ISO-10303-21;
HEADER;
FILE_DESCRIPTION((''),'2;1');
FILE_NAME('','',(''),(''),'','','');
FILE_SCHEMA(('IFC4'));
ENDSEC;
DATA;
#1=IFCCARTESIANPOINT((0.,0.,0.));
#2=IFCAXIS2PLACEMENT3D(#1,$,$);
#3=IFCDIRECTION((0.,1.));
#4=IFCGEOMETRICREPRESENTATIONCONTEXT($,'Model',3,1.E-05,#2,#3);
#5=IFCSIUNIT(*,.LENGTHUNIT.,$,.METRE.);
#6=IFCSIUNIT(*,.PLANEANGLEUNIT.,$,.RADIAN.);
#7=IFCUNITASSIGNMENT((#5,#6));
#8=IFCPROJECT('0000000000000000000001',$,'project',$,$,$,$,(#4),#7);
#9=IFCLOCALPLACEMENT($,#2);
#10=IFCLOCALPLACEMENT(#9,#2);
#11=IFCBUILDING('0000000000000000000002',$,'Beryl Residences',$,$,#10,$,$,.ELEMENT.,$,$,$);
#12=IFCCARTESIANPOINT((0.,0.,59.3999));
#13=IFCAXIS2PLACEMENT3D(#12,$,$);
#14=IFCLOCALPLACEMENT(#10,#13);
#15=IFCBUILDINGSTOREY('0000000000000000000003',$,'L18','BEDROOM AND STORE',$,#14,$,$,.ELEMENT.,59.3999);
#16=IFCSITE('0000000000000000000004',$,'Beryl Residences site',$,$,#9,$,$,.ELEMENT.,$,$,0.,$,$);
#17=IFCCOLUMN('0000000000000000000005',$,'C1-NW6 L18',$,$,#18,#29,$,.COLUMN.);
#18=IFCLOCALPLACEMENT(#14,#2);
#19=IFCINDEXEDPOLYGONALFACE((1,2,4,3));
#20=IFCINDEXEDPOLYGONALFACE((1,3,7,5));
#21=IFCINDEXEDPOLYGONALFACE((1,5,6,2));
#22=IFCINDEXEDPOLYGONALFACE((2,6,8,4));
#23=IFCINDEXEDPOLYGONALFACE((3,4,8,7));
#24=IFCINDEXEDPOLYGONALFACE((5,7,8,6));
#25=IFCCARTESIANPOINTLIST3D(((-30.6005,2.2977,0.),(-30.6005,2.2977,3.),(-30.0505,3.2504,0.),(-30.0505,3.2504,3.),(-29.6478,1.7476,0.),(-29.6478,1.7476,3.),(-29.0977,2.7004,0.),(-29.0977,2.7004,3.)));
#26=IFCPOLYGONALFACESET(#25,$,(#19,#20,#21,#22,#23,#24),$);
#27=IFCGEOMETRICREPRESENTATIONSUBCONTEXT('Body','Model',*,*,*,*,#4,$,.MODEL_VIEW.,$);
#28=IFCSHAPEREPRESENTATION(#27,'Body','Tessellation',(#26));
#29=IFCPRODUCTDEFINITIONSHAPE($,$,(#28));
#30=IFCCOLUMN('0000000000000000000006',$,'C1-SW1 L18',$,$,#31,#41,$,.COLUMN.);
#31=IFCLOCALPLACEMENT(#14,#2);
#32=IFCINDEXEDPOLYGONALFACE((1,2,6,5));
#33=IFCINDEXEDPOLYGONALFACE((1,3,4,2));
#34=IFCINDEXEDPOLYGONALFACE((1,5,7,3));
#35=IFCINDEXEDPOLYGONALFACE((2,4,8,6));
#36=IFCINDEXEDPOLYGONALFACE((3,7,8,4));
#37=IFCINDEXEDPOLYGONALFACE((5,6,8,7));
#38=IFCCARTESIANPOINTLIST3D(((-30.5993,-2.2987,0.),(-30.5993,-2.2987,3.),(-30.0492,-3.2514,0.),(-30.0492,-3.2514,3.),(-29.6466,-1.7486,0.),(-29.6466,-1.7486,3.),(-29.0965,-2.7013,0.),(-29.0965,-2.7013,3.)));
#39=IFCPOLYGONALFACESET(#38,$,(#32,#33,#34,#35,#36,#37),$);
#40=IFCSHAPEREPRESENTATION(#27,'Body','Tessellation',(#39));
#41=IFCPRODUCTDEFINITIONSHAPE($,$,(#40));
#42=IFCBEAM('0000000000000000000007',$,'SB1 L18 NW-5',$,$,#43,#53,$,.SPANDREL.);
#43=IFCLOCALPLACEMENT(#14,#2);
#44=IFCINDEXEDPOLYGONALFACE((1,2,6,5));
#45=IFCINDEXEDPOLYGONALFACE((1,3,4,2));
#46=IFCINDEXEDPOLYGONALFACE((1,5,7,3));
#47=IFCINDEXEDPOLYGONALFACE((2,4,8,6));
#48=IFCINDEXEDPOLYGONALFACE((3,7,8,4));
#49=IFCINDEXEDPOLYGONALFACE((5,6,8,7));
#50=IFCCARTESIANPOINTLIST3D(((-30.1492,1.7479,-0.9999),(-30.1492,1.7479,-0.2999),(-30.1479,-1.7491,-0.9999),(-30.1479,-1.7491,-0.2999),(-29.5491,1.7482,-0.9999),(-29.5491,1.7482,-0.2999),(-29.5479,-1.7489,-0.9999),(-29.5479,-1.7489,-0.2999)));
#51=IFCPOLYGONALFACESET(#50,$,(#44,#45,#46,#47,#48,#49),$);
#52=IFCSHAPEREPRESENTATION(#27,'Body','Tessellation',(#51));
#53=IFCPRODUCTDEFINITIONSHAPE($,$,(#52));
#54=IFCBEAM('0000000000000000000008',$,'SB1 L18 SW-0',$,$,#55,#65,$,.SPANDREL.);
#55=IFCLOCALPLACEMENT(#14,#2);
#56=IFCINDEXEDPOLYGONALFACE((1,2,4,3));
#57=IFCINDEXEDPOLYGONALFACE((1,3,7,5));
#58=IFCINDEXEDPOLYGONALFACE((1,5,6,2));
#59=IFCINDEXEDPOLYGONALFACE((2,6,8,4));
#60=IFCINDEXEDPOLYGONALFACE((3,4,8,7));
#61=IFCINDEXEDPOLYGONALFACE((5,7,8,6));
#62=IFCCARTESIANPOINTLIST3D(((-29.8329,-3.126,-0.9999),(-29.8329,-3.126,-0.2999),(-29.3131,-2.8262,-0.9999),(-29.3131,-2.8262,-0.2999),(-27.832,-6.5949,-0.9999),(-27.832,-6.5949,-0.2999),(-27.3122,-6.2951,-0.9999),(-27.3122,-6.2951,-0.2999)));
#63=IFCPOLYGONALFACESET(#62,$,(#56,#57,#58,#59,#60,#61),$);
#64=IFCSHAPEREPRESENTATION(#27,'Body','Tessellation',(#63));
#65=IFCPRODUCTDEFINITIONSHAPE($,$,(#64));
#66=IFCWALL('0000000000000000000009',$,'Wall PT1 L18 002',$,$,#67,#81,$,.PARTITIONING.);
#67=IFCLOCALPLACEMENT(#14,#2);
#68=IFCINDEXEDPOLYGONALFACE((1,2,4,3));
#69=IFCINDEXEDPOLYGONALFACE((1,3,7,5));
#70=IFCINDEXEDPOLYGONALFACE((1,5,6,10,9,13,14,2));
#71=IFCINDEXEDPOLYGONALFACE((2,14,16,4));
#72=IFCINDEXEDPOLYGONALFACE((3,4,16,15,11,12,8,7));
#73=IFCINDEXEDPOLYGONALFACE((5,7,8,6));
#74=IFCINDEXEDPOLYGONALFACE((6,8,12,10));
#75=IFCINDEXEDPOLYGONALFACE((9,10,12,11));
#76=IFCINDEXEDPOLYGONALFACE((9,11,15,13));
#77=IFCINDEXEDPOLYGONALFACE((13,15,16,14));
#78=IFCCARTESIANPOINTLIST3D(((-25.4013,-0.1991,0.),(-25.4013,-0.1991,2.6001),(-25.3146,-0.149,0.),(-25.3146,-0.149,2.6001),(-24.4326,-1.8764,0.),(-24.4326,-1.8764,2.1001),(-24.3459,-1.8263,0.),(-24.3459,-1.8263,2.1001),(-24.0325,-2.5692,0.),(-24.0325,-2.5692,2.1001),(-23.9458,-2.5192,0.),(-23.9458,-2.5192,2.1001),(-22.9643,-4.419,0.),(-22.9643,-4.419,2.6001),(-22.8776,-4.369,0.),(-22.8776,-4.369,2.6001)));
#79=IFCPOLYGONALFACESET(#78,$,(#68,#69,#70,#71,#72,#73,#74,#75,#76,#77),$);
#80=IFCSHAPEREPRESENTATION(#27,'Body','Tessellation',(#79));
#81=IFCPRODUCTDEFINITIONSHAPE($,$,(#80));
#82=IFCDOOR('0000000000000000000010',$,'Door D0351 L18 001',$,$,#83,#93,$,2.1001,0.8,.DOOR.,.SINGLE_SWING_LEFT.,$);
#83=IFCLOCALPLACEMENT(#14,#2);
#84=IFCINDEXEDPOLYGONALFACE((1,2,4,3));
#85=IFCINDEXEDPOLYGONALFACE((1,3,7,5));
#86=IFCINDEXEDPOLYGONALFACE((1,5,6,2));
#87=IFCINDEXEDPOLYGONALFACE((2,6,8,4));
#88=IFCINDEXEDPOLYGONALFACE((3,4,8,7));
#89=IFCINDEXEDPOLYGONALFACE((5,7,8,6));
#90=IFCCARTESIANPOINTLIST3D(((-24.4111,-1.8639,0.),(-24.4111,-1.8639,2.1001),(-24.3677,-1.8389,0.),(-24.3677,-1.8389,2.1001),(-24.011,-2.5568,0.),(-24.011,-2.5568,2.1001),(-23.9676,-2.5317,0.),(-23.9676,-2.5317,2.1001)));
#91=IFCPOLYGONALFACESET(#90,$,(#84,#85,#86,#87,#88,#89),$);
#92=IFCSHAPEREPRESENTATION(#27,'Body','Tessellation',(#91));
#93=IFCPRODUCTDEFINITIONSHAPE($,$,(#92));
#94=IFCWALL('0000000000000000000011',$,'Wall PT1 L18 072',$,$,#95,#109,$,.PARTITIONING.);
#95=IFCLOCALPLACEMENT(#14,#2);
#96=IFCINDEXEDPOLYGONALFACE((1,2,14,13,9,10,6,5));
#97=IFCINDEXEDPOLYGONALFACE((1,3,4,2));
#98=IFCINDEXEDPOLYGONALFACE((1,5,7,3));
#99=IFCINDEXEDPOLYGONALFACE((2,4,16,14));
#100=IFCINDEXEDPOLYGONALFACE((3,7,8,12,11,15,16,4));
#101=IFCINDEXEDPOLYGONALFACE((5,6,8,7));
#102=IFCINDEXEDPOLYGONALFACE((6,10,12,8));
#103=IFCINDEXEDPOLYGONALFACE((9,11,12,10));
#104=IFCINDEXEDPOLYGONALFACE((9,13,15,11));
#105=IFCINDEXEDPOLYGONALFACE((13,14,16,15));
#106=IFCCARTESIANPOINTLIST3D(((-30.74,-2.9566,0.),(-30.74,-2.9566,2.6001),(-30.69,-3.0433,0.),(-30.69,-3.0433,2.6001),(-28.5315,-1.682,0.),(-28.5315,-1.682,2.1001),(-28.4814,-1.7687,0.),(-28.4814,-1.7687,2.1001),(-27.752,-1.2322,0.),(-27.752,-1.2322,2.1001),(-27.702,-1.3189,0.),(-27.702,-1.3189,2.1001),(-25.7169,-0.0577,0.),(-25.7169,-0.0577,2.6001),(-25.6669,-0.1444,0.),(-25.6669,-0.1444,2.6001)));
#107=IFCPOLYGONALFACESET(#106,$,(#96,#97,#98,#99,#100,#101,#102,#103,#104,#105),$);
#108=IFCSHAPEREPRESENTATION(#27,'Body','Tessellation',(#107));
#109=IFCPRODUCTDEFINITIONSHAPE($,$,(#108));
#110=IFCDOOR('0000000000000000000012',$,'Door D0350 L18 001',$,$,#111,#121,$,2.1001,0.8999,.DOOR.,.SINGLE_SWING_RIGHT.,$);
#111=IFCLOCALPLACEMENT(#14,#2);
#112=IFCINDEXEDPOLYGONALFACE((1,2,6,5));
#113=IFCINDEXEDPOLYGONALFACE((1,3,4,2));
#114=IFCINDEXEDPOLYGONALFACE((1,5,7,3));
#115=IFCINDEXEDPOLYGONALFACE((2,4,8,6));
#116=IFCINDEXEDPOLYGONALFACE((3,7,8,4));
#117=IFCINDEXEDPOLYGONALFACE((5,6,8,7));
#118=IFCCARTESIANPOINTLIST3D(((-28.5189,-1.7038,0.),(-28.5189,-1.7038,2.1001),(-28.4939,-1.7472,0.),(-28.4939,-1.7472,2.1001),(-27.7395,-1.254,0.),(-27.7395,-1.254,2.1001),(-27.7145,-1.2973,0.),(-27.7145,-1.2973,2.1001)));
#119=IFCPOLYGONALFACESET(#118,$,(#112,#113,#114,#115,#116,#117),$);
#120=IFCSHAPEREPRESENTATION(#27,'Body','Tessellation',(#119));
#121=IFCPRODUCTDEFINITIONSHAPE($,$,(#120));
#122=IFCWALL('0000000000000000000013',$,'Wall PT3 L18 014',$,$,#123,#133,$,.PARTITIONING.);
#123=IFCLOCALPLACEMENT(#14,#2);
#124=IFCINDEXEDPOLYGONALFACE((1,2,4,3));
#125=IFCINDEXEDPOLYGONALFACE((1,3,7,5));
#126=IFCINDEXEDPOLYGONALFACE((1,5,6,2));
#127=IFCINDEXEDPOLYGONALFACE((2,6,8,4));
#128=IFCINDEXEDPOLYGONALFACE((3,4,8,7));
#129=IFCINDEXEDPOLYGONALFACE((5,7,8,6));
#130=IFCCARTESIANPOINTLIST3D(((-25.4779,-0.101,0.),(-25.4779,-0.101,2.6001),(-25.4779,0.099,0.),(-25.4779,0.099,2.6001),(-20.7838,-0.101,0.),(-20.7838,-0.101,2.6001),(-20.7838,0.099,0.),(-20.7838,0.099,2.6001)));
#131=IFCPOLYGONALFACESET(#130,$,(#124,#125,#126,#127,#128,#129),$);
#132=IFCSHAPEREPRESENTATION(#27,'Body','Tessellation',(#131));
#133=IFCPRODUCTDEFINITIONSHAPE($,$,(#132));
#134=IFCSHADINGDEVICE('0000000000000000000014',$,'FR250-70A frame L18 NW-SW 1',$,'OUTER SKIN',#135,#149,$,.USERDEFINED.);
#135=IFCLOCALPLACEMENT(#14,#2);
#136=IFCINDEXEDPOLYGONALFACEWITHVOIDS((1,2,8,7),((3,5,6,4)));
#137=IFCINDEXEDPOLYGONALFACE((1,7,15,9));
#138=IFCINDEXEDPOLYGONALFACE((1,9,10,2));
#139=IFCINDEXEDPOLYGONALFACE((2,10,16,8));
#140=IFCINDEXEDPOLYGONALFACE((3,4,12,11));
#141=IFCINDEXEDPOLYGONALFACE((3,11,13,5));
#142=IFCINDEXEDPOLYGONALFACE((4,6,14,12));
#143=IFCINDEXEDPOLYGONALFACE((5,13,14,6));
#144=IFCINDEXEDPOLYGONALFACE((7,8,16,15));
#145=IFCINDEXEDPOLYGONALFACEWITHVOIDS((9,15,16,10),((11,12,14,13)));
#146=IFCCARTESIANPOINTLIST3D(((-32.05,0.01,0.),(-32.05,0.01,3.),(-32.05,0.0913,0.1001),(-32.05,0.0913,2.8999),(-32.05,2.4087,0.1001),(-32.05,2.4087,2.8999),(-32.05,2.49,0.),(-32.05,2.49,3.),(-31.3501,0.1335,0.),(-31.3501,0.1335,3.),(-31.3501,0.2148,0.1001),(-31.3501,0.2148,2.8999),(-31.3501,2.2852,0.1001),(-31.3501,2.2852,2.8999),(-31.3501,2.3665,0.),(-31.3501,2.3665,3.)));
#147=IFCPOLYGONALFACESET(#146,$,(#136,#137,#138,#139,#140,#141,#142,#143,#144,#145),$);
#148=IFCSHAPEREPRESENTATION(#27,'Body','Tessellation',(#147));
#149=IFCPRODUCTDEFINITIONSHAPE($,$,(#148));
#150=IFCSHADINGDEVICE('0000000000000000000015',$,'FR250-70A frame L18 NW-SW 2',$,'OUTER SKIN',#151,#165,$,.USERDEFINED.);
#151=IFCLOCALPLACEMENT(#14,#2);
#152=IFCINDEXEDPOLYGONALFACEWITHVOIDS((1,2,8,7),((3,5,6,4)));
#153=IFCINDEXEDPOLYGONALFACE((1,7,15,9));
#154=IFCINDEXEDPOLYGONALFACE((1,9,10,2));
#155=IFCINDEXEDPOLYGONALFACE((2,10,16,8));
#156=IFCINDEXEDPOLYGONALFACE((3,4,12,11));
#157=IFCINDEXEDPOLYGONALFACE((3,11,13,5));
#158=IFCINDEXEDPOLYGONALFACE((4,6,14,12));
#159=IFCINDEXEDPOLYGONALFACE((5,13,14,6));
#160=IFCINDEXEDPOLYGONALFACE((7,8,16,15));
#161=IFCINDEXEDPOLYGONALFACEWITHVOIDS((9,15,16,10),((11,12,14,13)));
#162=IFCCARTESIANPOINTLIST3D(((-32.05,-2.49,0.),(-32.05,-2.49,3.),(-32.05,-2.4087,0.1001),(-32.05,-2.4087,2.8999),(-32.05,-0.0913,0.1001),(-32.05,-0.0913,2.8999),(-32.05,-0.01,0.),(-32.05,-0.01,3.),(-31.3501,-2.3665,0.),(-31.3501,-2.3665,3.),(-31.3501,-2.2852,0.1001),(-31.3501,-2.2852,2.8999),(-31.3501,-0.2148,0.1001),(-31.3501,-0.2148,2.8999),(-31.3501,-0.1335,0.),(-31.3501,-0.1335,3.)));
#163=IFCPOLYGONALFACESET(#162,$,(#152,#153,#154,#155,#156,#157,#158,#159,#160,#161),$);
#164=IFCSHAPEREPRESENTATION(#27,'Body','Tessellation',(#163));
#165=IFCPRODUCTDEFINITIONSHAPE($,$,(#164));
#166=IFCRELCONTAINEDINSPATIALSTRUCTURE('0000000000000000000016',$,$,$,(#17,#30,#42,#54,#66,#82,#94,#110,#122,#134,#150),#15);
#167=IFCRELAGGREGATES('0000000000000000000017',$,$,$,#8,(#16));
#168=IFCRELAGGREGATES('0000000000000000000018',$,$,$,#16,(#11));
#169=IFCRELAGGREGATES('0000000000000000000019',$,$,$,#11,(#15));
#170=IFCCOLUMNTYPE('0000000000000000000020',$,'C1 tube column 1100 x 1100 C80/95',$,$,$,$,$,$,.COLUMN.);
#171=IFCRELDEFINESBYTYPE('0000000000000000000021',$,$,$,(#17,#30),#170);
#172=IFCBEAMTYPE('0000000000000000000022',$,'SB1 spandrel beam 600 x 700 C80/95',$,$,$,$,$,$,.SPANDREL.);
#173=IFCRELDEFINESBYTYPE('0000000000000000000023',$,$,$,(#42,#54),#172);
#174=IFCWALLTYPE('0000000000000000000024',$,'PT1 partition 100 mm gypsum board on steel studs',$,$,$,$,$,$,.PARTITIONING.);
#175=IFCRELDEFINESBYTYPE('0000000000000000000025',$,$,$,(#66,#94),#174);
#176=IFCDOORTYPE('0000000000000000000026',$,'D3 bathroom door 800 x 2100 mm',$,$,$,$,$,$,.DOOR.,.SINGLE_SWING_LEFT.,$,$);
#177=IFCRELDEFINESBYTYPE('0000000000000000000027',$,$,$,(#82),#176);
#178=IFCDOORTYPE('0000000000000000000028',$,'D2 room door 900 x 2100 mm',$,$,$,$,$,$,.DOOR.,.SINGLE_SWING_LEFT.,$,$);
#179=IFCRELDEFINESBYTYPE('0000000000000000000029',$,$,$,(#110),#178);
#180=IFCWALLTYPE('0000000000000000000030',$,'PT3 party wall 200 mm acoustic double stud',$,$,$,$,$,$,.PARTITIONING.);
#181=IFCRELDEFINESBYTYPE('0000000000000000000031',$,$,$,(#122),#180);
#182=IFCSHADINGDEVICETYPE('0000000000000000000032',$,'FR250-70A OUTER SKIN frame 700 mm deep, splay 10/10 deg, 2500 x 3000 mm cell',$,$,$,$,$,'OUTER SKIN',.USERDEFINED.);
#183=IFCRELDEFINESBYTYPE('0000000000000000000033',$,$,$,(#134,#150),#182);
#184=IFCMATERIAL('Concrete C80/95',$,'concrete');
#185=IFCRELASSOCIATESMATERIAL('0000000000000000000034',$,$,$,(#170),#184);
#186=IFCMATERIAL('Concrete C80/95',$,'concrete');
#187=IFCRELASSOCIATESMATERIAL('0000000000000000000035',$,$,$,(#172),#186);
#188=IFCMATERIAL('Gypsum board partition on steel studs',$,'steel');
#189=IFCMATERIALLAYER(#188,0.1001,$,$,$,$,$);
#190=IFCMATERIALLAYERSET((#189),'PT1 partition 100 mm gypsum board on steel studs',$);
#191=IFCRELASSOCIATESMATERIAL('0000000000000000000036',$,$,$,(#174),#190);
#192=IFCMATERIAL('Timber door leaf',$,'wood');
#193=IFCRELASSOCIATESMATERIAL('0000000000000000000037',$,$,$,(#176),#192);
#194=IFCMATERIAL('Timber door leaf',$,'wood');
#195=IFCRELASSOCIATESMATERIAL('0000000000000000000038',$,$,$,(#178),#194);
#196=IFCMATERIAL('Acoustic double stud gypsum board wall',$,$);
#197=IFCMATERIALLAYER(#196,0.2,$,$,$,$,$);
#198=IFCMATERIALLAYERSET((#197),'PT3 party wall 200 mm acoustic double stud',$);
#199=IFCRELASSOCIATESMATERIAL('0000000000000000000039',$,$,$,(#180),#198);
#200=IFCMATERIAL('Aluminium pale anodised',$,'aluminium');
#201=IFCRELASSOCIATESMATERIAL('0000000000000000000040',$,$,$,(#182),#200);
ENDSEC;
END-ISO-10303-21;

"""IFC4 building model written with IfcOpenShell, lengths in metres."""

from ifc_helpers import new_model, entity, si_unit, direction, frame, frame_2d, origin, origin_2d, place, context, subcontext, project, spatial, rectangle, extrude, source, transform, mapped, material, layer, layer_set, material_profile, profile_set, type_object, type_shapes, element, fill, save


model = new_model("IFC4")

# Units and contexts
model_context = context("Model", 3, precision=1e-05, world=origin(), true_north=direction((0.0, 1.0)))
body_context = subcontext(model_context, "Body", "Model", "MODEL_VIEW")
ifc_project = project(units=[si_unit("LENGTHUNIT", "METRE"), si_unit("PLANEANGLEUNIT", "RADIAN")], contexts=[model_context])

# Site, building, storey
site_placement = place(None, origin())
site = spatial("IfcSite", under=ifc_project, at=site_placement, Name="Beryl Residences site", CompositionType="ELEMENT", RefElevation=0.0)
building_placement = place(site_placement, origin())
building = spatial("IfcBuilding", under=site, at=building_placement, Name="Beryl Residences", CompositionType="ELEMENT")
storey_placement = place(building_placement, frame((0.0, 0.0, 59.3999)))
storey = spatial("IfcBuildingStorey", under=building, at=storey_placement, Name="L18", Description="BEDROOM AND STORE", CompositionType="ELEMENT", Elevation=59.3999)

# Columns
ifc_material_1 = material(Name="Concrete C80/95", Category="concrete")
ifc_material_profile_1 = material_profile(ifc_material_1, rectangle(XDim=1.1001, YDim=1.1001, at=origin_2d()))
ifc_profile_set_1 = profile_set([ifc_material_profile_1], Name="Concrete C80/95")
column_type = type_object("IfcColumnType", Name="C1 tube column 1100 x 1100 C80/95", PredefinedType="COLUMN", material=ifc_profile_set_1)
for number, where, z_axis, x_axis, name in (
    (1, (-29.8491, 2.499, 0.0), (0.0, 0.0, 1.0), (-0.499985, -0.866034, 0.0), "C1-NW6 L18"),
    (2, (-29.8479, -2.5, 0.0), (0.0, 0.0, 1.0), (0.499985, -0.866034, 0.0), "C1-SW1 L18"),
):
    element("IfcColumn", number, at=place(storey_placement, frame(where, z_axis=z_axis, x_axis=x_axis)), inside=storey, type_object=column_type, Name=name, PredefinedType="COLUMN", context=body_context, shape_type="SweptSolid", body=[
        extrude(rectangle(XDim=1.1001, YDim=1.1001, at=origin_2d()), origin(), (0.0, 0.0, 1.0), 3.0),
    ])

# Beams
ifc_material_2 = material(Name="Concrete C80/95", Category="concrete")
ifc_material_profile_2 = material_profile(ifc_material_2, rectangle(XDim=0.6001, YDim=0.7, at=origin_2d()))
ifc_profile_set_2 = profile_set([ifc_material_profile_2], Name="Concrete C80/95")
beam_type = type_object("IfcBeamType", Name="SB1 spandrel beam 600 x 700 C80/95", PredefinedType="SPANDREL", material=ifc_profile_set_2)
beam_1_placement = place(storey_placement, frame((-29.8491, 1.748, -0.6499), z_axis=(0.000349, -1.0, 0.0), x_axis=(1.0, 0.000349, 0.0)))
element("IfcBeam", 3, at=beam_1_placement, inside=storey, type_object=beam_type, Name="SB1 L18 NW-5", PredefinedType="SPANDREL", context=body_context, shape_type="SweptSolid", body=[
    extrude(rectangle(XDim=0.6001, YDim=0.7, at=origin_2d()), origin(), (0.0, 0.0, 1.0), 3.4971),
])
beam_2_placement = place(storey_placement, frame((-29.573, -2.9761, -0.6499), z_axis=(0.499654, -0.866225, 0.0), x_axis=(0.866225, 0.499654, 0.0)))
element("IfcBeam", 4, at=beam_2_placement, inside=storey, type_object=beam_type, Name="SB1 L18 SW-0", PredefinedType="SPANDREL", context=body_context, shape_type="SweptSolid", body=[
    extrude(rectangle(XDim=0.6001, YDim=0.7, at=origin_2d()), origin(), (0.0, 0.0, 1.0), 4.0046),
])

# Walls, openings, doors
ifc_material_3 = material(Name="Gypsum board partition on steel studs", Category="steel")
ifc_layer_1 = layer(ifc_material_3, 0.1001)
ifc_layer_set_1 = layer_set([ifc_layer_1], Name="PT1 partition 100 mm gypsum board on steel studs")
wall_type_1 = type_object("IfcWallType", Name="PT1 partition 100 mm gypsum board on steel studs", PredefinedType="PARTITIONING", material=ifc_layer_set_1)
wall_1_placement = place(storey_placement, frame((-25.3579, -0.1741, 0.0), z_axis=(0.0, 0.0, 1.0), x_axis=(0.500094, -0.865971, 0.0)))
wall_1 = element("IfcWall", 5, at=wall_1_placement, inside=storey, type_object=wall_type_1, Name="Wall PT1 L18 002", PredefinedType="PARTITIONING", context=body_context, shape_type="SweptSolid", body=[
    extrude(rectangle(XDim=4.873, YDim=0.1001, at=frame_2d((2.4365, 0.0))), origin(), (0.0, 0.0, 1.0), 2.6001),
])
opening_1_placement = place(wall_1_placement, frame((1.937, 0.0, 0.0)))
opening_1 = element("IfcOpeningElement", 6, at=opening_1_placement, cuts=wall_1, PredefinedType="OPENING", context=body_context, shape_type="SweptSolid", body=[
    extrude(rectangle(XDim=0.8, YDim=2.1001, at=frame_2d((0.3999, 1.05))), frame((0.0, 0.0601, 0.0), z_axis=(0.0, -1.0, 0.0), x_axis=(1.0, 0.0, 0.0)), (0.0, 0.0, 1.0), 0.1201),
])
ifc_material_4 = material(Name="Timber door leaf", Category="wood")
door_type_1 = type_object("IfcDoorType", Name="D3 bathroom door 800 x 2100 mm", OperationType="SINGLE_SWING_LEFT", PredefinedType="DOOR", material=ifc_material_4)
door_1_placement = place(opening_1_placement, origin())
door_1 = element("IfcDoor", 7, at=door_1_placement, inside=storey, type_object=door_type_1, Name="Door D0351 L18 001", OperationType="SINGLE_SWING_LEFT", OverallHeight=2.1001, OverallWidth=0.8, PredefinedType="DOOR", context=body_context, shape_type="SweptSolid", body=[
    extrude(rectangle(XDim=0.8, YDim=2.1001, at=frame_2d((0.3999, 1.05))), frame((0.0, 0.0249, 0.0), z_axis=(0.0, -1.0, 0.0), x_axis=(1.0, 0.0, 0.0)), (0.0, 0.0, 1.0), 0.05),
])
fill(opening_1, door_1)
wall_2_placement = place(storey_placement, frame((-30.7151, -3.0, 0.0), z_axis=(0.0, 0.0, 1.0), x_axis=(0.866116, 0.499843, 0.0)))
wall_2 = element("IfcWall", 8, at=wall_2_placement, inside=storey, type_object=wall_type_1, Name="Wall PT1 L18 072", PredefinedType="PARTITIONING", context=body_context, shape_type="SweptSolid", body=[
    extrude(rectangle(XDim=5.7996, YDim=0.1001, at=frame_2d((2.8999, 0.0))), origin(), (0.0, 0.0, 1.0), 2.6001),
])
opening_2_placement = place(wall_2_placement, frame((2.55, 0.0, 0.0)))
opening_2 = element("IfcOpeningElement", 9, at=opening_2_placement, cuts=wall_2, PredefinedType="OPENING", context=body_context, shape_type="SweptSolid", body=[
    extrude(rectangle(XDim=0.8999, YDim=2.1001, at=frame_2d((0.45, 1.05))), frame((0.0, 0.0601, 0.0), z_axis=(0.0, -1.0, 0.0), x_axis=(1.0, 0.0, 0.0)), (0.0, 0.0, 1.0), 0.1201),
])
ifc_material_5 = material(Name="Timber door leaf", Category="wood")
door_type_2 = type_object("IfcDoorType", Name="D2 room door 900 x 2100 mm", OperationType="SINGLE_SWING_LEFT", PredefinedType="DOOR", material=ifc_material_5)
door_2_placement = place(opening_2_placement, origin())
door_2 = element("IfcDoor", 10, at=door_2_placement, inside=storey, type_object=door_type_2, Name="Door D0350 L18 001", OperationType="SINGLE_SWING_RIGHT", OverallHeight=2.1001, OverallWidth=0.8999, PredefinedType="DOOR", context=body_context, shape_type="SweptSolid", body=[
    extrude(rectangle(XDim=0.8999, YDim=2.1001, at=frame_2d((0.45, 1.05))), frame((0.0, 0.0249, 0.0), z_axis=(0.0, -1.0, 0.0), x_axis=(1.0, 0.0, 0.0)), (0.0, 0.0, 1.0), 0.05),
])
fill(opening_2, door_2)

# Wall
ifc_material_6 = material(Name="Acoustic double stud gypsum board wall")
ifc_layer_2 = layer(ifc_material_6, 0.2)
ifc_layer_set_2 = layer_set([ifc_layer_2], Name="PT3 party wall 200 mm acoustic double stud")
wall_type_2 = type_object("IfcWallType", Name="PT3 party wall 200 mm acoustic double stud", PredefinedType="PARTITIONING", material=ifc_layer_set_2)
wall_3_placement = place(storey_placement, frame((-25.478, -0.001, 0.0), z_axis=(0.0, 0.0, 1.0), x_axis=(1.0, 0.0, 0.0)))
element("IfcWall", 11, at=wall_3_placement, inside=storey, type_object=wall_type_2, Name="Wall PT3 L18 014", PredefinedType="PARTITIONING", context=body_context, shape_type="SweptSolid", body=[
    extrude(rectangle(XDim=4.6941, YDim=0.2, at=frame_2d((2.3472, 0.0))), origin(), (0.0, 0.0, 1.0), 2.6001),
])

# Shading devices
ifc_material_7 = material(Name="Aluminium pale anodised", Category="aluminium")
shading_device_type_1 = type_object("IfcShadingDeviceType", Name="FR250-70A OUTER SKIN frame 700 mm deep, splay 10/10 deg, 2500 x 3000 mm cell", ElementType="OUTER SKIN", PredefinedType="USERDEFINED", material=ifc_material_7)
cartesian_point_1 = entity("IfcCartesianPoint", [-1.1165, 0.0])
cartesian_point_2 = entity("IfcCartesianPoint", [-1.0352, 0.1001])
cartesian_point_3 = entity("IfcCartesianPoint", [-1.24, 0.0])
cartesian_point_4 = entity("IfcCartesianPoint", [-1.1587, 0.1001])
shared_shape_1 = source(origin(), body_context, "Body", "SweptSolid", [
    entity("IfcExtrudedAreaSolidTapered", entity("IfcArbitraryProfileDefWithVoids", "AREA", None, entity("IfcPolyline", [cartesian_point_1, entity("IfcCartesianPoint", [1.1165, 0.0]), entity("IfcCartesianPoint", [1.1165, 3.0]), entity("IfcCartesianPoint", [-1.1165, 3.0]), cartesian_point_1]), [entity("IfcPolyline", [cartesian_point_2, entity("IfcCartesianPoint", [1.0352, 0.1001]), entity("IfcCartesianPoint", [1.0352, 2.8999]), entity("IfcCartesianPoint", [-1.0352, 2.8999]), cartesian_point_2])]), entity("IfcAxis2Placement3D", entity("IfcCartesianPoint", [0.0, 0.0, 0.0]), entity("IfcDirection", [0.0, 1.0, 0.0]), entity("IfcDirection", [-1.0, 0.0, 0.0])), entity("IfcDirection", [0.0, 0.0, 1.0]), 0.7, entity("IfcArbitraryProfileDefWithVoids", "AREA", None, entity("IfcPolyline", [cartesian_point_3, entity("IfcCartesianPoint", [1.24, 0.0]), entity("IfcCartesianPoint", [1.24, 3.0]), entity("IfcCartesianPoint", [-1.24, 3.0]), cartesian_point_3]), [entity("IfcPolyline", [cartesian_point_4, entity("IfcCartesianPoint", [1.1587, 0.1001]), entity("IfcCartesianPoint", [1.1587, 2.8999]), entity("IfcCartesianPoint", [-1.1587, 2.8999]), cartesian_point_4])])),
])
type_shapes(shading_device_type_1, [shared_shape_1])
for number, where, z_axis, x_axis, name in (
    (12, (-31.3501, 1.25, 0.0), (0.0, 0.0, 1.0), (0.0, 1.0, 0.0), "FR250-70A frame L18 NW-SW 1"),
    (13, (-31.3501, -1.25, 0.0), (0.0, 0.0, 1.0), (0.0, 1.0, 0.0), "FR250-70A frame L18 NW-SW 2"),
):
    element("IfcShadingDevice", number, at=place(storey_placement, frame(where, z_axis=z_axis, x_axis=x_axis)), inside=storey, type_object=shading_device_type_1, Name=name, ObjectType="OUTER SKIN", PredefinedType="USERDEFINED", context=body_context, shape_type="MappedRepresentation", body=[
        mapped(shared_shape_1, transform((0.0, 0.0, 0.0))),
    ])

save(model, "model.ifc")
